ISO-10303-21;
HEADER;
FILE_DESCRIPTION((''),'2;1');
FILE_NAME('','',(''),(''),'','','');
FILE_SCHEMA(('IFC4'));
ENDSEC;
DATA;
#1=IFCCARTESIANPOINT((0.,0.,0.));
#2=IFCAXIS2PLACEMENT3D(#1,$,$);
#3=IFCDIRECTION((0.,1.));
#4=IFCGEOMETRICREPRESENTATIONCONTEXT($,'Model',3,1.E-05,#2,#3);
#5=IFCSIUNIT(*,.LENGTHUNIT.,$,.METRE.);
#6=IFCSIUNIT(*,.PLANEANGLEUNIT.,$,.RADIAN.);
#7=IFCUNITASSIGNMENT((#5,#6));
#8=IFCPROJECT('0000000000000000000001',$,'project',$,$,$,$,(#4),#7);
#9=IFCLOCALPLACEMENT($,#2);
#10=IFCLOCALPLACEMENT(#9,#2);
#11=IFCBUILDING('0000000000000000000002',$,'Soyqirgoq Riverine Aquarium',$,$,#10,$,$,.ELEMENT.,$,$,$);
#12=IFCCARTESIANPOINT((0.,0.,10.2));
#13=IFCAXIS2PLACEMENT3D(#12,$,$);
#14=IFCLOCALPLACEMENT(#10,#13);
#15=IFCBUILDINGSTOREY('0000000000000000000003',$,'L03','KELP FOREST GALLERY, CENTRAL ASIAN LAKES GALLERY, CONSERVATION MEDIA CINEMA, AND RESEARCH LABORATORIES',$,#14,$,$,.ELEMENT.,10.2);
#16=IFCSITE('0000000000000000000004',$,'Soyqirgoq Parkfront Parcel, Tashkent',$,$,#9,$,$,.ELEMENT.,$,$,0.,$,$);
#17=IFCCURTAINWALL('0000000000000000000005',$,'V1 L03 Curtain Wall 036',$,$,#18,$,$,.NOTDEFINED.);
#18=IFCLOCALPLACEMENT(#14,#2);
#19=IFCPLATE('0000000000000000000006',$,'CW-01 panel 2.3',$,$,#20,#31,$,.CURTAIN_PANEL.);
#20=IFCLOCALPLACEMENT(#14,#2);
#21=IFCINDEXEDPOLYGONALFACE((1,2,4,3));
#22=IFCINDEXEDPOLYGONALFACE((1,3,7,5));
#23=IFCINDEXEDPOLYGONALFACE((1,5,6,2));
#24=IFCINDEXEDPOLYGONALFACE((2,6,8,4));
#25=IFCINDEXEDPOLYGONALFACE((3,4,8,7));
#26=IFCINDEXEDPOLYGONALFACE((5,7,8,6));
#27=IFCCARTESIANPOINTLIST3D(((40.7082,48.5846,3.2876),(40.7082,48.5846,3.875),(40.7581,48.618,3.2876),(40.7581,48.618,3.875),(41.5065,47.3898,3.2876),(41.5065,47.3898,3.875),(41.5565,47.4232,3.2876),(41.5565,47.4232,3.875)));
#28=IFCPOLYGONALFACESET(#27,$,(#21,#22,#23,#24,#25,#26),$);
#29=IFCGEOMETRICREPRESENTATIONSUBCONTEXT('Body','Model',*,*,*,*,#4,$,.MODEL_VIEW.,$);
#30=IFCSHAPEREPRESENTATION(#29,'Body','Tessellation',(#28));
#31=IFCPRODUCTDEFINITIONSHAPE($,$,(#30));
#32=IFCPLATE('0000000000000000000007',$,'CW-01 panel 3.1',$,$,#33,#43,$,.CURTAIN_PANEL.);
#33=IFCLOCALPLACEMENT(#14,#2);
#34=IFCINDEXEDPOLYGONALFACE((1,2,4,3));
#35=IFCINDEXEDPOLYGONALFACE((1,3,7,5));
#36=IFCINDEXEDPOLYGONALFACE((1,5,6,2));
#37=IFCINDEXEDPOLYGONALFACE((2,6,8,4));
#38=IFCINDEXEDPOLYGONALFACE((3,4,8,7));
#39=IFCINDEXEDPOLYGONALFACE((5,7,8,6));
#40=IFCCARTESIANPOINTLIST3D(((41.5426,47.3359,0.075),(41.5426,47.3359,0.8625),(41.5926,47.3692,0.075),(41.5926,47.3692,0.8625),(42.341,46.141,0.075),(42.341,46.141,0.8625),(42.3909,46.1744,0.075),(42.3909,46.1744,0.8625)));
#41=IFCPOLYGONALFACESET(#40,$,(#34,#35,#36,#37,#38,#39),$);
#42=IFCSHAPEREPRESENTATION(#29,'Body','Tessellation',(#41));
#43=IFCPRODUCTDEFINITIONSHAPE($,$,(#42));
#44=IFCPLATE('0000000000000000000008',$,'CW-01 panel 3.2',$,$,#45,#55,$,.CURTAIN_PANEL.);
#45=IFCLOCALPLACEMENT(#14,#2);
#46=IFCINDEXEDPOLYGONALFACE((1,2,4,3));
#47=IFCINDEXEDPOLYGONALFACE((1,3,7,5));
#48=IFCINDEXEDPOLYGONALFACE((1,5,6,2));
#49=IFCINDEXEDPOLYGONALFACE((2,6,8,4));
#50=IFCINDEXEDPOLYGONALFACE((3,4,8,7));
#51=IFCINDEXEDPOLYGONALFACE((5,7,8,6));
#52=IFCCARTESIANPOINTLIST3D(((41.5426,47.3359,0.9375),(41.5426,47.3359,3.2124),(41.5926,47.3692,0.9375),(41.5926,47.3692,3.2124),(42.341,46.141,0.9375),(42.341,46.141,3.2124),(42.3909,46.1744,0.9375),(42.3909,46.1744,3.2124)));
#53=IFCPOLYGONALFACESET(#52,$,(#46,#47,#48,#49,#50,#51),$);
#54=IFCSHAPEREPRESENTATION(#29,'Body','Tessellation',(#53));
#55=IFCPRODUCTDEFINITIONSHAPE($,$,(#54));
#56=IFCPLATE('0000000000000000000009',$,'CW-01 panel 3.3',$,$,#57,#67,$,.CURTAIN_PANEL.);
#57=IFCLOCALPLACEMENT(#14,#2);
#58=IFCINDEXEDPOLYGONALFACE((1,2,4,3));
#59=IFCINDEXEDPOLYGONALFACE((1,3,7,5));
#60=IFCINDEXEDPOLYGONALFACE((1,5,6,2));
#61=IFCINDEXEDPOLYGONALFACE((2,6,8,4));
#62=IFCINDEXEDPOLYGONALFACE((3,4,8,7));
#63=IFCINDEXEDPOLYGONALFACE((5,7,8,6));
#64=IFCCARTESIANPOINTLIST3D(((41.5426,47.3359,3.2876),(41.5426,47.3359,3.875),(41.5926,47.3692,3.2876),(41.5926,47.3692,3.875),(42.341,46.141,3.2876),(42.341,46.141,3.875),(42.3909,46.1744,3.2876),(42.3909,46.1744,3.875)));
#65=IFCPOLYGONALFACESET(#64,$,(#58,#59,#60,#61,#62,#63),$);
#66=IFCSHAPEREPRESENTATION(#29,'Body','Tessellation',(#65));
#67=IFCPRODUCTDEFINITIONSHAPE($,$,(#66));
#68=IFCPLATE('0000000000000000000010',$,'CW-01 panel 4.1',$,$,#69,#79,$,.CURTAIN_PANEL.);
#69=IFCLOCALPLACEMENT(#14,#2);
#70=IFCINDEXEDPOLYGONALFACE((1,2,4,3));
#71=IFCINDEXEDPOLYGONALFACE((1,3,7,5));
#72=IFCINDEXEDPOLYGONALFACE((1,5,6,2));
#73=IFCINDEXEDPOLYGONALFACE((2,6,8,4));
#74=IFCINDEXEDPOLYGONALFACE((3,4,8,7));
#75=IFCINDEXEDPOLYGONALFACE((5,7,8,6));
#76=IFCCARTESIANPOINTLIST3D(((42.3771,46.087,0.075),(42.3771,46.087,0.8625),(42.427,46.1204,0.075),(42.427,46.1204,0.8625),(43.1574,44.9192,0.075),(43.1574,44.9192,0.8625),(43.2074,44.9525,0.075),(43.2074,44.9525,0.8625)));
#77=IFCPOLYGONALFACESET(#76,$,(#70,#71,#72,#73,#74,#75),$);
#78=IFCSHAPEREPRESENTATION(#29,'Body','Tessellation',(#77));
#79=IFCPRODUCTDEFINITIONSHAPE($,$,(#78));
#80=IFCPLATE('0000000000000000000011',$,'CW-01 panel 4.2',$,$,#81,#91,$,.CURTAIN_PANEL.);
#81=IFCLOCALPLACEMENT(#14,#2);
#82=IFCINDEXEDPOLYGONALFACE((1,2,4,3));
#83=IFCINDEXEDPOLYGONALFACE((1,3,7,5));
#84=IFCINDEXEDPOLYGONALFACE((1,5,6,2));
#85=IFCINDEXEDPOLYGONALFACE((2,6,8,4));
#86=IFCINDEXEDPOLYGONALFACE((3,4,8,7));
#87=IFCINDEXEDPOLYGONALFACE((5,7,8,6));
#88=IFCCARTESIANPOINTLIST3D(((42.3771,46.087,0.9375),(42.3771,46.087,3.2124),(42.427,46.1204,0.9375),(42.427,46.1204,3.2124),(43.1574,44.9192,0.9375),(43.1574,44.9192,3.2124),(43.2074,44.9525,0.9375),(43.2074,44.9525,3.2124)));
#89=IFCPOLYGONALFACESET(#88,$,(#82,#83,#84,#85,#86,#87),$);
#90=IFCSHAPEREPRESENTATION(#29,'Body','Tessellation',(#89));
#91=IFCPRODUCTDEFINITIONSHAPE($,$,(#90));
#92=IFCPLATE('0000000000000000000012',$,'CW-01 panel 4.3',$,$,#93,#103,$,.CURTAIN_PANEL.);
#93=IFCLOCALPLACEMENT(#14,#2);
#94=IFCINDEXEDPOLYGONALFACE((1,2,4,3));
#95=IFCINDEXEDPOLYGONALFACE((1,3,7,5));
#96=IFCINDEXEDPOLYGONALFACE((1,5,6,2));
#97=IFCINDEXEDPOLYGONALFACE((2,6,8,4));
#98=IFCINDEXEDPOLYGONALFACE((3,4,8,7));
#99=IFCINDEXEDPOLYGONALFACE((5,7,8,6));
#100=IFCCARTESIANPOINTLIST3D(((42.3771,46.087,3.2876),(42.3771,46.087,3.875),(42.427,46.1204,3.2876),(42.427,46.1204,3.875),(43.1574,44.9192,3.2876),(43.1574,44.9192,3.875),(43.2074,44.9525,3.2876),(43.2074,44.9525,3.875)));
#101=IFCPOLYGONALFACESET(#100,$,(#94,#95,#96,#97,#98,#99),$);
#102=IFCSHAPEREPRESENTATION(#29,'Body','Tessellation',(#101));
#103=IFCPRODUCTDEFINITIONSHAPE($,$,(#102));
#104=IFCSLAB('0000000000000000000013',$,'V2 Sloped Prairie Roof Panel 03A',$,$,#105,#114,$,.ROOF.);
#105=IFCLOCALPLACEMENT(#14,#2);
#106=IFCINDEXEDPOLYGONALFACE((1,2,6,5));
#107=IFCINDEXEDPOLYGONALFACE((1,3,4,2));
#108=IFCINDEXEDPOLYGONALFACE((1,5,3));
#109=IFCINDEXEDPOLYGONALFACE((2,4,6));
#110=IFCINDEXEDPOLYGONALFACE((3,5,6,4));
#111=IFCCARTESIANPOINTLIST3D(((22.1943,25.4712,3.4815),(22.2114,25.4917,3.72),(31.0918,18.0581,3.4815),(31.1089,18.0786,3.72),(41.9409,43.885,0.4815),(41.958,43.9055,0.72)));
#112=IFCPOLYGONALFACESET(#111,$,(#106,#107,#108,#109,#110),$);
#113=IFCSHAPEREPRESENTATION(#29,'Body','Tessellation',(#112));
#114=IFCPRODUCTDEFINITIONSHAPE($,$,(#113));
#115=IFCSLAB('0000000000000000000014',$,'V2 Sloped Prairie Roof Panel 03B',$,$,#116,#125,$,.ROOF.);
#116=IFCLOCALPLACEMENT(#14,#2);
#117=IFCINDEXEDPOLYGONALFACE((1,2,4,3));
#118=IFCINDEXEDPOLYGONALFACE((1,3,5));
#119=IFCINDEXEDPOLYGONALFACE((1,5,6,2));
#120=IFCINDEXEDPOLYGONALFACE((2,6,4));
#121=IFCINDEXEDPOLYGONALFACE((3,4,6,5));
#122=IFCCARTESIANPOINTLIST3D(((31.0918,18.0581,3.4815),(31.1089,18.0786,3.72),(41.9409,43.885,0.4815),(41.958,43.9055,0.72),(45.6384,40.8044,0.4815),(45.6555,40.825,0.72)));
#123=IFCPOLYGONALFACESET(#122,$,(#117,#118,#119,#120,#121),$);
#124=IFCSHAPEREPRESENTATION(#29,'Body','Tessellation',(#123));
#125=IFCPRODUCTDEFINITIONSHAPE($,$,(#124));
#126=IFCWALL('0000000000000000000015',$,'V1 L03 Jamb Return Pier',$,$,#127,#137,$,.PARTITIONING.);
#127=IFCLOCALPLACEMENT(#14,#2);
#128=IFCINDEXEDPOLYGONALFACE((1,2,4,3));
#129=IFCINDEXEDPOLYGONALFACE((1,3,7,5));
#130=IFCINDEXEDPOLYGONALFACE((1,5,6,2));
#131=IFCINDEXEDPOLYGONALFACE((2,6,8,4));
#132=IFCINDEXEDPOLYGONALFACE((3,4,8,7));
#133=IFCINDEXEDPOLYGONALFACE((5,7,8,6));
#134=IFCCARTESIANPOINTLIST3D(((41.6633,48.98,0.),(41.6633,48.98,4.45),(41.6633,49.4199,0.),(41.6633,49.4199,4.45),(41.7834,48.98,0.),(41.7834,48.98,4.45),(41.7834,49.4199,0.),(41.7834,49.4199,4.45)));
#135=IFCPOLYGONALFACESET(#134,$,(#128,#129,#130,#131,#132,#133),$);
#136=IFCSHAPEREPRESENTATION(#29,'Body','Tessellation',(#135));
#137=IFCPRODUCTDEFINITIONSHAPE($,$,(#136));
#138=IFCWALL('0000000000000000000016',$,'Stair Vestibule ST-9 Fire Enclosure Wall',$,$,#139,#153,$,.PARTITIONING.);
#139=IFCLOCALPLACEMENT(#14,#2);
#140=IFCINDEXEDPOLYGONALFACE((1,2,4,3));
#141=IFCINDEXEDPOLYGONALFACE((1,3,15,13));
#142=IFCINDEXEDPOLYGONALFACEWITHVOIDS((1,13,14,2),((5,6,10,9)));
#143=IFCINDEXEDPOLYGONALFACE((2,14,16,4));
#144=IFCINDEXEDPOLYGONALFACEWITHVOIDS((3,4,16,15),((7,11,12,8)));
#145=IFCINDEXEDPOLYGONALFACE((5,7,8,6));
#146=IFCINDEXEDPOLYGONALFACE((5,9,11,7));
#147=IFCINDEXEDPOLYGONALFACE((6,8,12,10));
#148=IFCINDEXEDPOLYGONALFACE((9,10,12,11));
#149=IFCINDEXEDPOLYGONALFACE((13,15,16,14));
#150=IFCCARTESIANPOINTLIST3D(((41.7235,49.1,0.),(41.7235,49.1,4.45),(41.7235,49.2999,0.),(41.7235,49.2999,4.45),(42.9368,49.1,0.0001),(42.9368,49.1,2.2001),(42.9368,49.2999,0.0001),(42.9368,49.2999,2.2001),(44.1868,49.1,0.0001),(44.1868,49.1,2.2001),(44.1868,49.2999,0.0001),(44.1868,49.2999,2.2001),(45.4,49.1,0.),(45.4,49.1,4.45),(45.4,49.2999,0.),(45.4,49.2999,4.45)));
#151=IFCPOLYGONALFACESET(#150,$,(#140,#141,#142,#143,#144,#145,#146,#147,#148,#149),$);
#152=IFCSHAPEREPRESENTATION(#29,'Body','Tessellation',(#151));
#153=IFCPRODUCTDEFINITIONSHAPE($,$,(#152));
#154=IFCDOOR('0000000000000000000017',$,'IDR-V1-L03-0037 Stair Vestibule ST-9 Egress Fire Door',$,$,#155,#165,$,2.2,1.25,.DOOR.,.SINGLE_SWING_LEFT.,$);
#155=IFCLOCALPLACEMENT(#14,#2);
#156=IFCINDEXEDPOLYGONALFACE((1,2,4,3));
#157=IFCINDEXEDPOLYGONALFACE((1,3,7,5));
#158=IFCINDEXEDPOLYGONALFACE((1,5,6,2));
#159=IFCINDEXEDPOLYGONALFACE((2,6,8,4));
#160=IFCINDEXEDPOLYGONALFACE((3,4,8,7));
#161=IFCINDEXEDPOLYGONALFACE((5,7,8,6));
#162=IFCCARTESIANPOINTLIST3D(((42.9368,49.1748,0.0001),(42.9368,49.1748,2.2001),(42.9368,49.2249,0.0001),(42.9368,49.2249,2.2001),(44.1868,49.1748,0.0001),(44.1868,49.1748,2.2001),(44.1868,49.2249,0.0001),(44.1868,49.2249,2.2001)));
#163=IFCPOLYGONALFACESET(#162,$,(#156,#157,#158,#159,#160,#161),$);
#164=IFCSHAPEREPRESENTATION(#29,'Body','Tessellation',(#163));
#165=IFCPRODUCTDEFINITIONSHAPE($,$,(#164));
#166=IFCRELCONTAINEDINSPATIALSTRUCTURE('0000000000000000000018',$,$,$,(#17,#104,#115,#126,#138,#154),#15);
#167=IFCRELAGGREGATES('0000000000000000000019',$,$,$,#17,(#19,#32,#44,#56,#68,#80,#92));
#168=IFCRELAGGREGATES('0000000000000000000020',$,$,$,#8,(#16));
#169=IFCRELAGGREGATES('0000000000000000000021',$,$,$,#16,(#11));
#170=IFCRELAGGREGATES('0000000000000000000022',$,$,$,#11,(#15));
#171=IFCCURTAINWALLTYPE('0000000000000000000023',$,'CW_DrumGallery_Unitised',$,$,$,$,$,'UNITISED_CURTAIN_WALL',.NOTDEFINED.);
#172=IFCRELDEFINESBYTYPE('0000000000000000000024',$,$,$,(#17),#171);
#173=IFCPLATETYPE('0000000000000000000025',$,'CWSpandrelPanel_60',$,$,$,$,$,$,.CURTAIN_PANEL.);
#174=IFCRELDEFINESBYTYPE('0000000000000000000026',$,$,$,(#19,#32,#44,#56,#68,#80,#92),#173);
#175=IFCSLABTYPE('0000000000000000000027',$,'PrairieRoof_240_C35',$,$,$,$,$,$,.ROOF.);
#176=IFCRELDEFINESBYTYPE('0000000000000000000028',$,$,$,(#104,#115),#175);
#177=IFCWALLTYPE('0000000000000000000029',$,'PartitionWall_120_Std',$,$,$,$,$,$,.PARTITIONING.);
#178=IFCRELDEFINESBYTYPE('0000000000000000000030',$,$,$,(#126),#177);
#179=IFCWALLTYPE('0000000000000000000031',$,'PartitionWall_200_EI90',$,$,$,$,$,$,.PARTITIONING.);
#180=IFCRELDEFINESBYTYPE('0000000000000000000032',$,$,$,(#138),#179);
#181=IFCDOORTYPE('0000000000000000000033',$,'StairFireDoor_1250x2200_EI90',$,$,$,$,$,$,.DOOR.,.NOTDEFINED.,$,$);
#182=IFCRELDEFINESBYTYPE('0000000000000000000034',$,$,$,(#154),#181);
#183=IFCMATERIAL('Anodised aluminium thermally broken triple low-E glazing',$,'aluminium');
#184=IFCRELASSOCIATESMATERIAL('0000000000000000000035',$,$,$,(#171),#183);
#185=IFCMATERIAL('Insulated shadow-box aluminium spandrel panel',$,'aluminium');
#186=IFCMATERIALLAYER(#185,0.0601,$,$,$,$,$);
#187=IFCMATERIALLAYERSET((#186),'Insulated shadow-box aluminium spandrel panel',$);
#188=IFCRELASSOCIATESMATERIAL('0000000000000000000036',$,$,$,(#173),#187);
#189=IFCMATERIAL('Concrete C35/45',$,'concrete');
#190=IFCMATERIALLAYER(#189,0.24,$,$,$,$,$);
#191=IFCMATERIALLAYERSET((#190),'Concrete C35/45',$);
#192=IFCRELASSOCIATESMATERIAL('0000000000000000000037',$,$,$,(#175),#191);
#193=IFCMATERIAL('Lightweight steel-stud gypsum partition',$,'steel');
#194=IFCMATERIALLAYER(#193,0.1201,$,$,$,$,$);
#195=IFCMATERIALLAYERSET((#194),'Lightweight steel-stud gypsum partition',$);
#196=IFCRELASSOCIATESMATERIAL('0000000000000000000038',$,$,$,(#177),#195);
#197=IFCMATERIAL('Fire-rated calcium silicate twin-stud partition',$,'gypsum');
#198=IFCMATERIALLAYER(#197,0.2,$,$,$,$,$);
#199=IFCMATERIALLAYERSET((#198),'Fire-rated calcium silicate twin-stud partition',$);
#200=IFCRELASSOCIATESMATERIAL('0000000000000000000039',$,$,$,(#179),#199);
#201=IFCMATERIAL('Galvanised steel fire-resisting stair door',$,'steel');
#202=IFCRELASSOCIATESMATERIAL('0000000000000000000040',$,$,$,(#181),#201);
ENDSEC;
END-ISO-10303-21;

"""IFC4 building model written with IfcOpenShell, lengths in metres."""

from ifc_helpers import new_model, si_unit, direction, frame, frame_2d, origin, origin_2d, place, context, subcontext, project, spatial, polyline, rectangle, outline, extrude, material, layer, layer_set, type_object, element, fill, aggregate, save


model = new_model("IFC4")

# Units and contexts
model_context = context("Model", 3, precision=1e-05, world=origin(), true_north=direction((0.0, 1.0)))
body_context = subcontext(model_context, "Body", "Model", "MODEL_VIEW")
ifc_project = project(units=[si_unit("LENGTHUNIT", "METRE"), si_unit("PLANEANGLEUNIT", "RADIAN")], contexts=[model_context])

# Site, building, storey
site_placement = place(None, origin())
site = spatial("IfcSite", under=ifc_project, at=site_placement, Name="Soyqirgoq Parkfront Parcel, Tashkent", CompositionType="ELEMENT", RefElevation=0.0)
building_placement = place(site_placement, origin())
building = spatial("IfcBuilding", under=site, at=building_placement, Name="Soyqirgoq Riverine Aquarium", CompositionType="ELEMENT")
storey_placement = place(building_placement, frame((0.0, 0.0, 10.2)))
storey = spatial("IfcBuildingStorey", under=building, at=storey_placement, Name="L03", Description="KELP FOREST GALLERY, CENTRAL ASIAN LAKES GALLERY, CONSERVATION MEDIA CINEMA, AND RESEARCH LABORATORIES", CompositionType="ELEMENT", Elevation=10.2)

# Curtain wall
ifc_material_1 = material(Name="Anodised aluminium thermally broken triple low-E glazing", Category="aluminium")
curtain_wall_type = type_object("IfcCurtainWallType", Name="CW_DrumGallery_Unitised", ElementType="UNITISED_CURTAIN_WALL", PredefinedType="NOTDEFINED", material=ifc_material_1)
curtain_wall_placement = place(storey_placement, origin())
curtain_wall = element("IfcCurtainWall", 1, at=curtain_wall_placement, inside=storey, type_object=curtain_wall_type, Name="V1 L03 Curtain Wall 036", PredefinedType="NOTDEFINED")

# Plates
ifc_material_2 = material(Name="Insulated shadow-box aluminium spandrel panel", Category="aluminium")
ifc_layer_1 = layer(ifc_material_2, 0.0601)
ifc_layer_set_1 = layer_set([ifc_layer_1], Name="Insulated shadow-box aluminium spandrel panel")
plate_type = type_object("IfcPlateType", Name="CWSpandrelPanel_60", PredefinedType="CURTAIN_PANEL", material=ifc_layer_set_1)
plate_1_placement = place(storey_placement, frame((41.1323, 48.0039, 3.2876), z_axis=(0.0, 0.0, 1.0), x_axis=(0.555572, -0.831469, 0.0)))
plate_1 = element("IfcPlate", 2, at=plate_1_placement, type_object=plate_type, Name="CW-01 panel 2.3", PredefinedType="CURTAIN_PANEL", context=body_context, shape_type="SweptSolid", body=[
    extrude(rectangle(XDim=1.437, YDim=0.0601, at=origin_2d()), origin(), (0.0, 0.0, 1.0), 0.5874),
])
plate_2_placement = place(storey_placement, frame((41.9668, 46.7551, 0.075), z_axis=(0.0, 0.0, 1.0), x_axis=(0.555572, -0.831469, 0.0)))
plate_2 = element("IfcPlate", 3, at=plate_2_placement, type_object=plate_type, Name="CW-01 panel 3.1", PredefinedType="CURTAIN_PANEL", context=body_context, shape_type="SweptSolid", body=[
    extrude(rectangle(XDim=1.437, YDim=0.0601, at=origin_2d()), origin(), (0.0, 0.0, 1.0), 0.7876),
])
plate_3_placement = place(storey_placement, frame((41.9668, 46.7551, 0.9375), z_axis=(0.0, 0.0, 1.0), x_axis=(0.555572, -0.831469, 0.0)))
plate_3 = element("IfcPlate", 4, at=plate_3_placement, type_object=plate_type, Name="CW-01 panel 3.2", PredefinedType="CURTAIN_PANEL", context=body_context, shape_type="SweptSolid", body=[
    extrude(rectangle(XDim=1.437, YDim=0.0601, at=origin_2d()), origin(), (0.0, 0.0, 1.0), 2.2749),
])
plate_4_placement = place(storey_placement, frame((41.9668, 46.7551, 3.2876), z_axis=(0.0, 0.0, 1.0), x_axis=(0.555572, -0.831469, 0.0)))
plate_4 = element("IfcPlate", 5, at=plate_4_placement, type_object=plate_type, Name="CW-01 panel 3.3", PredefinedType="CURTAIN_PANEL", context=body_context, shape_type="SweptSolid", body=[
    extrude(rectangle(XDim=1.437, YDim=0.0601, at=origin_2d()), origin(), (0.0, 0.0, 1.0), 0.5874),
])
plate_5_placement = place(storey_placement, frame((42.7922, 45.5198, 0.075), z_axis=(0.0, 0.0, 1.0), x_axis=(0.555572, -0.831469, 0.0)))
plate_5 = element("IfcPlate", 6, at=plate_5_placement, type_object=plate_type, Name="CW-01 panel 4.1", PredefinedType="CURTAIN_PANEL", context=body_context, shape_type="SweptSolid", body=[
    extrude(rectangle(XDim=1.4045, YDim=0.0601, at=origin_2d()), origin(), (0.0, 0.0, 1.0), 0.7876),
])
plate_6_placement = place(storey_placement, frame((42.7922, 45.5198, 0.9375), z_axis=(0.0, 0.0, 1.0), x_axis=(0.555572, -0.831469, 0.0)))
plate_6 = element("IfcPlate", 7, at=plate_6_placement, type_object=plate_type, Name="CW-01 panel 4.2", PredefinedType="CURTAIN_PANEL", context=body_context, shape_type="SweptSolid", body=[
    extrude(rectangle(XDim=1.4045, YDim=0.0601, at=origin_2d()), origin(), (0.0, 0.0, 1.0), 2.2749),
])
plate_7_placement = place(storey_placement, frame((42.7922, 45.5198, 3.2876), z_axis=(0.0, 0.0, 1.0), x_axis=(0.555572, -0.831469, 0.0)))
plate_7 = element("IfcPlate", 8, at=plate_7_placement, type_object=plate_type, Name="CW-01 panel 4.3", PredefinedType="CURTAIN_PANEL", context=body_context, shape_type="SweptSolid", body=[
    extrude(rectangle(XDim=1.4045, YDim=0.0601, at=origin_2d()), origin(), (0.0, 0.0, 1.0), 0.5874),
])
aggregate(curtain_wall, [plate_1, plate_2, plate_3, plate_4, plate_5, plate_6, plate_7])

# Slabs
ifc_material_3 = material(Name="Concrete C35/45", Category="concrete")
ifc_layer_2 = layer(ifc_material_3, 0.24)
ifc_layer_set_2 = layer_set([ifc_layer_2], Name="Concrete C35/45")
slab_type = type_object("IfcSlabType", Name="PrairieRoof_240_C35", PredefinedType="ROOF", material=ifc_layer_set_2)
slab_1_placement = place(storey_placement, frame((41.958, 43.9055, 0.72), z_axis=(0.071243, 0.085509, 0.993787), x_axis=(-0.726884, -0.677824, 0.110432)))
element("IfcSlab", 9, at=slab_1_placement, inside=storey, type_object=slab_type, Name="V2 Sloped Prairie Roof Panel 03A", PredefinedType="ROOF", context=body_context, shape_type="SweptSolid", body=[
    extrude(outline(polyline([(0.0, 0.0), (27.1661, 0.0), (25.7234, 11.4908), (0.0, 0.0)])), origin(), (0.0, 0.0, -1.0), 0.24),
])
slab_2_placement = place(storey_placement, frame((41.958, 43.9055, 0.72), z_axis=(0.071242, 0.08551, 0.993787), x_axis=(-0.385086, -0.916717, 0.106484)))
element("IfcSlab", 10, at=slab_2_placement, inside=storey, type_object=slab_type, Name="V2 Sloped Prairie Roof Panel 03B", PredefinedType="ROOF", context=body_context, shape_type="SweptSolid", body=[
    extrude(outline(polyline([(0.0, 0.0), (28.1733, 0.0), (1.4001, 4.6045), (0.0, 0.0)])), origin(), (0.0, 0.0, -1.0), 0.24),
])

# Wall
ifc_material_4 = material(Name="Lightweight steel-stud gypsum partition", Category="steel")
ifc_layer_3 = layer(ifc_material_4, 0.1201)
ifc_layer_set_3 = layer_set([ifc_layer_3], Name="Lightweight steel-stud gypsum partition")
wall_type_1 = type_object("IfcWallType", Name="PartitionWall_120_Std", PredefinedType="PARTITIONING", material=ifc_layer_set_3)
wall_1_placement = place(storey_placement, frame((41.7234, 48.98, 0.0), z_axis=(0.0, 0.0, 1.0), x_axis=(0.0, 1.0, 0.0)))
element("IfcWall", 11, at=wall_1_placement, inside=storey, type_object=wall_type_1, Name="V1 L03 Jamb Return Pier", PredefinedType="PARTITIONING", context=body_context, shape_type="SweptSolid", body=[
    extrude(rectangle(XDim=0.4399, YDim=0.1201, at=frame_2d((0.22, 0.0))), origin(), (0.0, 0.0, 1.0), 4.45),
])

# Wall, opening, door
ifc_material_5 = material(Name="Fire-rated calcium silicate twin-stud partition", Category="gypsum")
ifc_layer_4 = layer(ifc_material_5, 0.2)
ifc_layer_set_4 = layer_set([ifc_layer_4], Name="Fire-rated calcium silicate twin-stud partition")
wall_type_2 = type_object("IfcWallType", Name="PartitionWall_200_EI90", PredefinedType="PARTITIONING", material=ifc_layer_set_4)
wall_2_placement = place(storey_placement, frame((41.7234, 49.2, 0.0), z_axis=(0.0, 0.0, 1.0), x_axis=(1.0, 0.0, 0.0)))
wall_2 = element("IfcWall", 12, at=wall_2_placement, inside=storey, type_object=wall_type_2, Name="Stair Vestibule ST-9 Fire Enclosure Wall", PredefinedType="PARTITIONING", context=body_context, shape_type="SweptSolid", body=[
    extrude(rectangle(XDim=3.6765, YDim=0.2, at=frame_2d((1.8384, 0.0))), origin(), (0.0, 0.0, 1.0), 4.45),
])
opening_placement = place(wall_2_placement, frame((1.2134, 0.0, 0.0)))
opening = element("IfcOpeningElement", 13, at=opening_placement, cuts=wall_2, PredefinedType="OPENING", context=body_context, shape_type="SweptSolid", body=[
    extrude(rectangle(XDim=1.25, YDim=2.2, at=frame_2d((0.625, 1.1001))), frame((0.0, 0.1099, 0.0), z_axis=(0.0, -1.0, 0.0), x_axis=(1.0, 0.0, 0.0)), (0.0, 0.0, 1.0), 0.22),
])
ifc_material_6 = material(Name="Galvanised steel fire-resisting stair door", Category="steel")
door_type = type_object("IfcDoorType", Name="StairFireDoor_1250x2200_EI90", OperationType="NOTDEFINED", PredefinedType="DOOR", material=ifc_material_6)
door_placement = place(opening_placement, origin())
door = element("IfcDoor", 14, at=door_placement, inside=storey, type_object=door_type, Name="IDR-V1-L03-0037 Stair Vestibule ST-9 Egress Fire Door", OperationType="SINGLE_SWING_LEFT", OverallHeight=2.2, OverallWidth=1.25, PredefinedType="DOOR", context=body_context, shape_type="SweptSolid", body=[
    extrude(rectangle(XDim=1.25, YDim=2.2, at=frame_2d((0.625, 1.1001))), frame((0.0, 0.0249, 0.0), z_axis=(0.0, -1.0, 0.0), x_axis=(1.0, 0.0, 0.0)), (0.0, 0.0, 1.0), 0.05),
])
fill(opening, door)

save(model, "model.ifc")
